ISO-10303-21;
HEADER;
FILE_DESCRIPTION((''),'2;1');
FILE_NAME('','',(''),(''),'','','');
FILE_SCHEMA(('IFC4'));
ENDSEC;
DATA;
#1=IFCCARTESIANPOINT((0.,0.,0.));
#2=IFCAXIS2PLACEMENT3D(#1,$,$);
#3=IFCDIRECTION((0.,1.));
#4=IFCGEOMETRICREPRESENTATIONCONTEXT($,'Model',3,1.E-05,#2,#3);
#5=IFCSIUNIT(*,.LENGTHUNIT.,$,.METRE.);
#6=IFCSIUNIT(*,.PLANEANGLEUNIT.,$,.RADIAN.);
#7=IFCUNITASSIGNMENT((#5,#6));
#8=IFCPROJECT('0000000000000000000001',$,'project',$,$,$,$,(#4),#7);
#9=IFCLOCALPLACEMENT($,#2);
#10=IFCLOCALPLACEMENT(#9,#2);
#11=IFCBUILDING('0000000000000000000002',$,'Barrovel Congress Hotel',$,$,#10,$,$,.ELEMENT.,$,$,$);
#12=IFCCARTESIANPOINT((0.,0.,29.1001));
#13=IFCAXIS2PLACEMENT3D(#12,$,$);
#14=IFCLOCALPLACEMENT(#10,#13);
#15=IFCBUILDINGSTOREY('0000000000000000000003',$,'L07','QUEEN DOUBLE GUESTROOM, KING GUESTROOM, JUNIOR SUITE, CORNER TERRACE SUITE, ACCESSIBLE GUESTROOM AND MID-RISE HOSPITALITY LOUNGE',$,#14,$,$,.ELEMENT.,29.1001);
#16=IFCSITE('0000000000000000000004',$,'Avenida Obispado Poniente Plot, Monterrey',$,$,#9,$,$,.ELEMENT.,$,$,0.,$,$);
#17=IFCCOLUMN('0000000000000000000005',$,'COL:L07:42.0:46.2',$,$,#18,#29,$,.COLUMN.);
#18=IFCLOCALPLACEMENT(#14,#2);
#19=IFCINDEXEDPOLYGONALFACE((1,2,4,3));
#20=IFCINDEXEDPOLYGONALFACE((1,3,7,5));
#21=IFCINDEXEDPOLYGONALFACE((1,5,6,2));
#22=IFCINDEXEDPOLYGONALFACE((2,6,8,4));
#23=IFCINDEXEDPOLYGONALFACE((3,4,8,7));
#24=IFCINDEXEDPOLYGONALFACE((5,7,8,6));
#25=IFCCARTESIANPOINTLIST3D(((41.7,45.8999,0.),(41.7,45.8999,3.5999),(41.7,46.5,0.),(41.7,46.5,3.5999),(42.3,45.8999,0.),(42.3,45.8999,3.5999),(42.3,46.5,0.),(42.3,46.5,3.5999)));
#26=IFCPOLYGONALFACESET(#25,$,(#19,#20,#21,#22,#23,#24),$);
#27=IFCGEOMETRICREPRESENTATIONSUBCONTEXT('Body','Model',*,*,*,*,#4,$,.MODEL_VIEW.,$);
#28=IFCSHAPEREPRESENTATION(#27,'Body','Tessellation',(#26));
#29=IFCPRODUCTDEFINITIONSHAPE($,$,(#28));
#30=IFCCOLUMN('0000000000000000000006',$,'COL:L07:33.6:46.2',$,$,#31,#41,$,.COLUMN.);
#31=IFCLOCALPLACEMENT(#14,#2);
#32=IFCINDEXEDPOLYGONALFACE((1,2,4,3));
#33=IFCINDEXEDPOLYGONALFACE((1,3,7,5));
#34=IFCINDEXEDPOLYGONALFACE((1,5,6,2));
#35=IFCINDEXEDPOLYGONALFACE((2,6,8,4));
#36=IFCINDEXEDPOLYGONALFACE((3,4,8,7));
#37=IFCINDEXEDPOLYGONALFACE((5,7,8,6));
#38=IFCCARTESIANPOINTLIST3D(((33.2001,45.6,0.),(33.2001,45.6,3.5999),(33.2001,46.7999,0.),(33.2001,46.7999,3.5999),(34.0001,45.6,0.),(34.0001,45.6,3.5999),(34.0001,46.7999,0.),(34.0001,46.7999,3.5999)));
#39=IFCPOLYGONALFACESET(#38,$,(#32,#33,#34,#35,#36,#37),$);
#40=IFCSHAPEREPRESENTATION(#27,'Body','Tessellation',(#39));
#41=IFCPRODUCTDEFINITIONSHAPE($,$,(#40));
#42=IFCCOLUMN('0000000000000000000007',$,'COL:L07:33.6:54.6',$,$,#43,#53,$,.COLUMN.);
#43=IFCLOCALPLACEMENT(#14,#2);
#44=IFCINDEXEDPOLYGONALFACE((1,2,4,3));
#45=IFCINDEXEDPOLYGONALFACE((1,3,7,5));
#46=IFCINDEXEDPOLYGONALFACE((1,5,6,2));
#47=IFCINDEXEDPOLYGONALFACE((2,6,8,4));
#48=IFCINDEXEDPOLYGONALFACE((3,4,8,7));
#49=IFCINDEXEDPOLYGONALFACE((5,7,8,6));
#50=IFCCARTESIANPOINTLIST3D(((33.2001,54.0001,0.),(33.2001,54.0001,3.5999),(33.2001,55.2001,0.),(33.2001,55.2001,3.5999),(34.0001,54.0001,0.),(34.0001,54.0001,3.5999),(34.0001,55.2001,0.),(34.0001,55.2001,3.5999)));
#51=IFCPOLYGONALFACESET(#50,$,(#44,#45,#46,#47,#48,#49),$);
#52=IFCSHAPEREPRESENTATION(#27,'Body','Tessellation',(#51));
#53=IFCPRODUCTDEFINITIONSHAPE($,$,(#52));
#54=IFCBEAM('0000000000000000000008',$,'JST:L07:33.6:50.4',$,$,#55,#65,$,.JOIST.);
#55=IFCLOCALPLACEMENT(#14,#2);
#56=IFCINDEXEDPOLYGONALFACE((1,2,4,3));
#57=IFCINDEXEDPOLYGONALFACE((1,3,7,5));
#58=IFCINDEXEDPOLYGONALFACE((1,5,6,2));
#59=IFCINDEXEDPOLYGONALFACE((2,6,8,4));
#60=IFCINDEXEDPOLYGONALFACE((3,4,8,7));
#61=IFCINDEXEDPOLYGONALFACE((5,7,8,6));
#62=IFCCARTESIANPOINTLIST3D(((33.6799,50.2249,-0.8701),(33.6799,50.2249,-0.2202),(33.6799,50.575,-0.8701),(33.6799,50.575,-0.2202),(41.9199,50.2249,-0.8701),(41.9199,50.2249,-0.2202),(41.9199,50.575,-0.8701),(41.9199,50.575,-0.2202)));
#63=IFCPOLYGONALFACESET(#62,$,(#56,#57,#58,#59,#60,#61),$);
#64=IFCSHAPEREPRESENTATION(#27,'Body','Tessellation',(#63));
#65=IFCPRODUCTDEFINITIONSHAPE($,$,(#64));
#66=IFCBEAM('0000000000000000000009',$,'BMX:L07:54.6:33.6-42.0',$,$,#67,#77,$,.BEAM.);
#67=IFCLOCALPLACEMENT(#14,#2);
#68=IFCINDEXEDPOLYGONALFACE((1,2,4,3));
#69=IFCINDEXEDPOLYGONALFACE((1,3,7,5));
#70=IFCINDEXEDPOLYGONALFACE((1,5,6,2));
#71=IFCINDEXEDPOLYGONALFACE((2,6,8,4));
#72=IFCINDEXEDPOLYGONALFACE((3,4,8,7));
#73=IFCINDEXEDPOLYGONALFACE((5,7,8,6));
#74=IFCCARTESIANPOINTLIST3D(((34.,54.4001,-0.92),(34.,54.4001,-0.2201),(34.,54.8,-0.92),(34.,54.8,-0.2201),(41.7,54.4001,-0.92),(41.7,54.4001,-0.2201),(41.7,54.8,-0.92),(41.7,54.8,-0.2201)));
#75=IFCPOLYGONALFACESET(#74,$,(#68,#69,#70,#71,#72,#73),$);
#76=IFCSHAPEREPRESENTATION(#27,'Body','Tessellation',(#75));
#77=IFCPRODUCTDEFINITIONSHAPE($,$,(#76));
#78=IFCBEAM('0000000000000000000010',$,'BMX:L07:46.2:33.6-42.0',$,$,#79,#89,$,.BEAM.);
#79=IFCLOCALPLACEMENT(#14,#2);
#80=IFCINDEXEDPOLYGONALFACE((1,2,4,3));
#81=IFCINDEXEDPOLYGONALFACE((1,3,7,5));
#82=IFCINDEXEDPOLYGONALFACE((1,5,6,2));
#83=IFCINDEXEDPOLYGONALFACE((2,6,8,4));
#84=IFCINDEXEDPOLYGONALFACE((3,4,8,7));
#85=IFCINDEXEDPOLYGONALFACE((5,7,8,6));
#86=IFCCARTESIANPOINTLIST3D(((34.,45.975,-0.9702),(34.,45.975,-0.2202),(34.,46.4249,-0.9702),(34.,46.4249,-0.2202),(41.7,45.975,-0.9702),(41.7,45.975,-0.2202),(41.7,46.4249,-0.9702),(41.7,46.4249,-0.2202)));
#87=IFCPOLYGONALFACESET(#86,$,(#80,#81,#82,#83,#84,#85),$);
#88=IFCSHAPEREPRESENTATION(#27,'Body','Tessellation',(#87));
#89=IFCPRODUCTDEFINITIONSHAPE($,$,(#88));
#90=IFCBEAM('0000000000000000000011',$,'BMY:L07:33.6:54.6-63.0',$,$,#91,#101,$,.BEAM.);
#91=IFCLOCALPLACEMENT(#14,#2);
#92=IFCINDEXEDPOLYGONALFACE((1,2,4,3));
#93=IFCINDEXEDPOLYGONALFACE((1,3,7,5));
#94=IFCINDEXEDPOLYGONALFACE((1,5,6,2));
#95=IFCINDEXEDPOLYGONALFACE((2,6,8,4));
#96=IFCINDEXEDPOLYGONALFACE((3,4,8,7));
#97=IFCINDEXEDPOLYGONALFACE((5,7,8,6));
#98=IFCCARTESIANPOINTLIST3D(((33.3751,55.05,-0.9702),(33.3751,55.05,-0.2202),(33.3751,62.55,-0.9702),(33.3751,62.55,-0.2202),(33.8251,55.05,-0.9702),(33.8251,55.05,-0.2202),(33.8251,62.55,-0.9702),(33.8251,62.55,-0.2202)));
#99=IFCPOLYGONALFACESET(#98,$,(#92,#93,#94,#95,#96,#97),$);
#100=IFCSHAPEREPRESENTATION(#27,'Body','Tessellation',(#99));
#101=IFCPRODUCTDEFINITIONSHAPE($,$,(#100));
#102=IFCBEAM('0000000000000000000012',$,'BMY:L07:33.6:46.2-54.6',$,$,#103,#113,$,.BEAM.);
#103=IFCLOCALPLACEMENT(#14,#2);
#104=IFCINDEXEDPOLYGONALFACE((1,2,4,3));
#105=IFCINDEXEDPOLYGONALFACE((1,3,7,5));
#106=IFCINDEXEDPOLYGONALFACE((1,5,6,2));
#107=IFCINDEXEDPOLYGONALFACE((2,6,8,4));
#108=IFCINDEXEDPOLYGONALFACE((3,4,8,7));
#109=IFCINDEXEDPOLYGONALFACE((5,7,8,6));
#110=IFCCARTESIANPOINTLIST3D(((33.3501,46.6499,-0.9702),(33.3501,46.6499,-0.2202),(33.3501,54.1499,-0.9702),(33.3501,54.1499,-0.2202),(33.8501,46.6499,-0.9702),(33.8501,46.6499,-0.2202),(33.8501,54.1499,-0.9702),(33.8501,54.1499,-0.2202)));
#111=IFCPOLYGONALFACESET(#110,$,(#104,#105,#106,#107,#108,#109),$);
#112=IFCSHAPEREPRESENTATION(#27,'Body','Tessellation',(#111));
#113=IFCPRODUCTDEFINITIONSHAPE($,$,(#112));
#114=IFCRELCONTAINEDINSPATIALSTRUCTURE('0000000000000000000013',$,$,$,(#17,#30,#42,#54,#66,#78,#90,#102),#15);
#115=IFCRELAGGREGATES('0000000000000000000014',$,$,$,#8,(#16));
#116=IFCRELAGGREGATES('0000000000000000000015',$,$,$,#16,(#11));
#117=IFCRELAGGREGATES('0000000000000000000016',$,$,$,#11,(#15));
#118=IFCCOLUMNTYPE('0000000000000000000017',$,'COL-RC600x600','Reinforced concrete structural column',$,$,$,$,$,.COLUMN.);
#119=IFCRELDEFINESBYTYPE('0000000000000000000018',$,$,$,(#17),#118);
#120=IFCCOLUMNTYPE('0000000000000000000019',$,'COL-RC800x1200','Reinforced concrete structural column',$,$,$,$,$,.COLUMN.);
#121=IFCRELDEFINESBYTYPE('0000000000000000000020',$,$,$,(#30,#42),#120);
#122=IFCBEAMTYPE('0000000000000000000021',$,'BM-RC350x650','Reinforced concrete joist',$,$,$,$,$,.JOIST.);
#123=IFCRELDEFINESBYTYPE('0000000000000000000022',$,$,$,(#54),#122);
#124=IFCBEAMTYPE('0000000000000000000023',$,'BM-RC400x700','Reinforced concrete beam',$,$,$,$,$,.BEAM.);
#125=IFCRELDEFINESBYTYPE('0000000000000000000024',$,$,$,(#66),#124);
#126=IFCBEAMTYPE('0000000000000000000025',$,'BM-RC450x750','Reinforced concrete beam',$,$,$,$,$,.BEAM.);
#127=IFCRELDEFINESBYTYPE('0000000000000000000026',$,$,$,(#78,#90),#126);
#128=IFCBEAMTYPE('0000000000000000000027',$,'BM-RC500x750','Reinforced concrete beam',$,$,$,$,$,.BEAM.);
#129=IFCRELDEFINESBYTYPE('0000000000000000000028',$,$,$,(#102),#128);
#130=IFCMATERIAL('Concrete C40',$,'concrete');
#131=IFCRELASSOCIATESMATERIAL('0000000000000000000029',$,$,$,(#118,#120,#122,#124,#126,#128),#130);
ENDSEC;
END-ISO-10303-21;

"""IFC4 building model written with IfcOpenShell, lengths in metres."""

from ifc_helpers import new_model, si_unit, direction, frame, origin, origin_2d, place, context, subcontext, project, spatial, rectangle, extrude, material, material_profile, profile_set, type_object, element, save


model = new_model("IFC4")

# Units and contexts
model_context = context("Model", 3, precision=1e-05, world=origin(), true_north=direction((0.0, 1.0)))
body_context = subcontext(model_context, "Body", "Model", "MODEL_VIEW")
ifc_project = project(units=[si_unit("LENGTHUNIT", "METRE"), si_unit("PLANEANGLEUNIT", "RADIAN")], contexts=[model_context])

# Site, building, storey
site_placement = place(None, origin())
site = spatial("IfcSite", under=ifc_project, at=site_placement, Name="Avenida Obispado Poniente Plot, Monterrey", CompositionType="ELEMENT", RefElevation=0.0)
building_placement = place(site_placement, origin())
building = spatial("IfcBuilding", under=site, at=building_placement, Name="Barrovel Congress Hotel", CompositionType="ELEMENT")
storey_placement = place(building_placement, frame((0.0, 0.0, 29.1001)))
storey = spatial("IfcBuildingStorey", under=building, at=storey_placement, Name="L07", Description="QUEEN DOUBLE GUESTROOM, KING GUESTROOM, JUNIOR SUITE, CORNER TERRACE SUITE, ACCESSIBLE GUESTROOM AND MID-RISE HOSPITALITY LOUNGE", CompositionType="ELEMENT", Elevation=29.1001)

# Columns
ifc_material_1 = material(Name="Concrete C40", Category="concrete")
ifc_material_profile_1 = material_profile(ifc_material_1, rectangle(XDim=0.6001, YDim=0.6001, at=origin_2d()), Name="RC600x600")
ifc_profile_set_1 = profile_set([ifc_material_profile_1], Name="Concrete C40")
column_type_1 = type_object("IfcColumnType", Name="COL-RC600x600", Description="Reinforced concrete structural column", PredefinedType="COLUMN", material=ifc_profile_set_1)
column_placement = place(storey_placement, frame((42.0, 46.2, 0.0), z_axis=(0.0, 0.0, 1.0), x_axis=(1.0, 0.0, 0.0)))
element("IfcColumn", 1, at=column_placement, inside=storey, type_object=column_type_1, Name="COL:L07:42.0:46.2", PredefinedType="COLUMN", context=body_context, shape_type="SweptSolid", body=[
    extrude(rectangle(XDim=0.6001, YDim=0.6001, at=origin_2d()), origin(), (0.0, 0.0, 1.0), 3.5999),
])
ifc_material_profile_2 = material_profile(ifc_material_1, rectangle(XDim=0.8, YDim=1.2, at=origin_2d()), Name="RC800x1200")
ifc_profile_set_2 = profile_set([ifc_material_profile_2], Name="Concrete C40")
column_type_2 = type_object("IfcColumnType", Name="COL-RC800x1200", Description="Reinforced concrete structural column", PredefinedType="COLUMN", material=ifc_profile_set_2)
for number, where, z_axis, x_axis, name in (
    (2, (33.6001, 46.2, 0.0), (0.0, 0.0, 1.0), (1.0, 0.0, 0.0), "COL:L07:33.6:46.2"),
    (3, (33.6001, 54.6001, 0.0), (0.0, 0.0, 1.0), (1.0, 0.0, 0.0), "COL:L07:33.6:54.6"),
):
    element("IfcColumn", number, at=place(storey_placement, frame(where, z_axis=z_axis, x_axis=x_axis)), inside=storey, type_object=column_type_2, Name=name, PredefinedType="COLUMN", context=body_context, shape_type="SweptSolid", body=[
        extrude(rectangle(XDim=0.8, YDim=1.2, at=origin_2d()), origin(), (0.0, 0.0, 1.0), 3.5999),
    ])

# Beams
ifc_material_profile_3 = material_profile(ifc_material_1, rectangle(XDim=0.3501, YDim=0.6499, at=origin_2d()), Name="RC350x650")
ifc_profile_set_3 = profile_set([ifc_material_profile_3], Name="Concrete C40")
beam_type_1 = type_object("IfcBeamType", Name="BM-RC350x650", Description="Reinforced concrete joist", PredefinedType="JOIST", material=ifc_profile_set_3)
beam_1_placement = place(storey_placement, frame((33.6799, 50.3999, -0.5452), z_axis=(1.0, 0.0, 0.0), x_axis=(0.0, 1.0, 0.0)))
element("IfcBeam", 4, at=beam_1_placement, inside=storey, type_object=beam_type_1, Name="JST:L07:33.6:50.4", PredefinedType="JOIST", context=body_context, shape_type="SweptSolid", body=[
    extrude(rectangle(XDim=0.3501, YDim=0.6499, at=origin_2d()), origin(), (0.0, 0.0, 1.0), 8.24),
])
ifc_material_profile_4 = material_profile(ifc_material_1, rectangle(XDim=0.3999, YDim=0.7, at=origin_2d()), Name="RC400x700")
ifc_profile_set_4 = profile_set([ifc_material_profile_4], Name="Concrete C40")
beam_type_2 = type_object("IfcBeamType", Name="BM-RC400x700", Description="Reinforced concrete beam", PredefinedType="BEAM", material=ifc_profile_set_4)
beam_2_placement = place(storey_placement, frame((34.0, 54.6001, -0.5701), z_axis=(1.0, 0.0, 0.0), x_axis=(0.0, 1.0, 0.0)))
element("IfcBeam", 5, at=beam_2_placement, inside=storey, type_object=beam_type_2, Name="BMX:L07:54.6:33.6-42.0", PredefinedType="BEAM", context=body_context, shape_type="SweptSolid", body=[
    extrude(rectangle(XDim=0.3999, YDim=0.7, at=origin_2d()), origin(), (0.0, 0.0, 1.0), 7.7),
])
ifc_material_profile_5 = material_profile(ifc_material_1, rectangle(XDim=0.45, YDim=0.75, at=origin_2d()), Name="RC450x750")
ifc_profile_set_5 = profile_set([ifc_material_profile_5], Name="Concrete C40")
beam_type_3 = type_object("IfcBeamType", Name="BM-RC450x750", Description="Reinforced concrete beam", PredefinedType="BEAM", material=ifc_profile_set_5)
beam_3_placement = place(storey_placement, frame((34.0, 46.2, -0.5952), z_axis=(1.0, 0.0, 0.0), x_axis=(0.0, 1.0, 0.0)))
element("IfcBeam", 6, at=beam_3_placement, inside=storey, type_object=beam_type_3, Name="BMX:L07:46.2:33.6-42.0", PredefinedType="BEAM", context=body_context, shape_type="SweptSolid", body=[
    extrude(rectangle(XDim=0.45, YDim=0.75, at=origin_2d()), origin(), (0.0, 0.0, 1.0), 7.7),
])
beam_4_placement = place(storey_placement, frame((33.6001, 55.05, -0.5952), z_axis=(0.0, 1.0, 0.0), x_axis=(-1.0, 0.0, 0.0)))
element("IfcBeam", 7, at=beam_4_placement, inside=storey, type_object=beam_type_3, Name="BMY:L07:33.6:54.6-63.0", PredefinedType="BEAM", context=body_context, shape_type="SweptSolid", body=[
    extrude(rectangle(XDim=0.45, YDim=0.75, at=origin_2d()), origin(), (0.0, 0.0, 1.0), 7.5),
])
ifc_material_profile_6 = material_profile(ifc_material_1, rectangle(XDim=0.5, YDim=0.75, at=origin_2d()), Name="RC500x750")
ifc_profile_set_6 = profile_set([ifc_material_profile_6], Name="Concrete C40")
beam_type_4 = type_object("IfcBeamType", Name="BM-RC500x750", Description="Reinforced concrete beam", PredefinedType="BEAM", material=ifc_profile_set_6)
beam_5_placement = place(storey_placement, frame((33.6001, 46.6499, -0.5952), z_axis=(0.0, 1.0, 0.0), x_axis=(-1.0, 0.0, 0.0)))
element("IfcBeam", 8, at=beam_5_placement, inside=storey, type_object=beam_type_4, Name="BMY:L07:33.6:46.2-54.6", PredefinedType="BEAM", context=body_context, shape_type="SweptSolid", body=[
    extrude(rectangle(XDim=0.5, YDim=0.75, at=origin_2d()), origin(), (0.0, 0.0, 1.0), 7.5),
])

save(model, "model.ifc")
